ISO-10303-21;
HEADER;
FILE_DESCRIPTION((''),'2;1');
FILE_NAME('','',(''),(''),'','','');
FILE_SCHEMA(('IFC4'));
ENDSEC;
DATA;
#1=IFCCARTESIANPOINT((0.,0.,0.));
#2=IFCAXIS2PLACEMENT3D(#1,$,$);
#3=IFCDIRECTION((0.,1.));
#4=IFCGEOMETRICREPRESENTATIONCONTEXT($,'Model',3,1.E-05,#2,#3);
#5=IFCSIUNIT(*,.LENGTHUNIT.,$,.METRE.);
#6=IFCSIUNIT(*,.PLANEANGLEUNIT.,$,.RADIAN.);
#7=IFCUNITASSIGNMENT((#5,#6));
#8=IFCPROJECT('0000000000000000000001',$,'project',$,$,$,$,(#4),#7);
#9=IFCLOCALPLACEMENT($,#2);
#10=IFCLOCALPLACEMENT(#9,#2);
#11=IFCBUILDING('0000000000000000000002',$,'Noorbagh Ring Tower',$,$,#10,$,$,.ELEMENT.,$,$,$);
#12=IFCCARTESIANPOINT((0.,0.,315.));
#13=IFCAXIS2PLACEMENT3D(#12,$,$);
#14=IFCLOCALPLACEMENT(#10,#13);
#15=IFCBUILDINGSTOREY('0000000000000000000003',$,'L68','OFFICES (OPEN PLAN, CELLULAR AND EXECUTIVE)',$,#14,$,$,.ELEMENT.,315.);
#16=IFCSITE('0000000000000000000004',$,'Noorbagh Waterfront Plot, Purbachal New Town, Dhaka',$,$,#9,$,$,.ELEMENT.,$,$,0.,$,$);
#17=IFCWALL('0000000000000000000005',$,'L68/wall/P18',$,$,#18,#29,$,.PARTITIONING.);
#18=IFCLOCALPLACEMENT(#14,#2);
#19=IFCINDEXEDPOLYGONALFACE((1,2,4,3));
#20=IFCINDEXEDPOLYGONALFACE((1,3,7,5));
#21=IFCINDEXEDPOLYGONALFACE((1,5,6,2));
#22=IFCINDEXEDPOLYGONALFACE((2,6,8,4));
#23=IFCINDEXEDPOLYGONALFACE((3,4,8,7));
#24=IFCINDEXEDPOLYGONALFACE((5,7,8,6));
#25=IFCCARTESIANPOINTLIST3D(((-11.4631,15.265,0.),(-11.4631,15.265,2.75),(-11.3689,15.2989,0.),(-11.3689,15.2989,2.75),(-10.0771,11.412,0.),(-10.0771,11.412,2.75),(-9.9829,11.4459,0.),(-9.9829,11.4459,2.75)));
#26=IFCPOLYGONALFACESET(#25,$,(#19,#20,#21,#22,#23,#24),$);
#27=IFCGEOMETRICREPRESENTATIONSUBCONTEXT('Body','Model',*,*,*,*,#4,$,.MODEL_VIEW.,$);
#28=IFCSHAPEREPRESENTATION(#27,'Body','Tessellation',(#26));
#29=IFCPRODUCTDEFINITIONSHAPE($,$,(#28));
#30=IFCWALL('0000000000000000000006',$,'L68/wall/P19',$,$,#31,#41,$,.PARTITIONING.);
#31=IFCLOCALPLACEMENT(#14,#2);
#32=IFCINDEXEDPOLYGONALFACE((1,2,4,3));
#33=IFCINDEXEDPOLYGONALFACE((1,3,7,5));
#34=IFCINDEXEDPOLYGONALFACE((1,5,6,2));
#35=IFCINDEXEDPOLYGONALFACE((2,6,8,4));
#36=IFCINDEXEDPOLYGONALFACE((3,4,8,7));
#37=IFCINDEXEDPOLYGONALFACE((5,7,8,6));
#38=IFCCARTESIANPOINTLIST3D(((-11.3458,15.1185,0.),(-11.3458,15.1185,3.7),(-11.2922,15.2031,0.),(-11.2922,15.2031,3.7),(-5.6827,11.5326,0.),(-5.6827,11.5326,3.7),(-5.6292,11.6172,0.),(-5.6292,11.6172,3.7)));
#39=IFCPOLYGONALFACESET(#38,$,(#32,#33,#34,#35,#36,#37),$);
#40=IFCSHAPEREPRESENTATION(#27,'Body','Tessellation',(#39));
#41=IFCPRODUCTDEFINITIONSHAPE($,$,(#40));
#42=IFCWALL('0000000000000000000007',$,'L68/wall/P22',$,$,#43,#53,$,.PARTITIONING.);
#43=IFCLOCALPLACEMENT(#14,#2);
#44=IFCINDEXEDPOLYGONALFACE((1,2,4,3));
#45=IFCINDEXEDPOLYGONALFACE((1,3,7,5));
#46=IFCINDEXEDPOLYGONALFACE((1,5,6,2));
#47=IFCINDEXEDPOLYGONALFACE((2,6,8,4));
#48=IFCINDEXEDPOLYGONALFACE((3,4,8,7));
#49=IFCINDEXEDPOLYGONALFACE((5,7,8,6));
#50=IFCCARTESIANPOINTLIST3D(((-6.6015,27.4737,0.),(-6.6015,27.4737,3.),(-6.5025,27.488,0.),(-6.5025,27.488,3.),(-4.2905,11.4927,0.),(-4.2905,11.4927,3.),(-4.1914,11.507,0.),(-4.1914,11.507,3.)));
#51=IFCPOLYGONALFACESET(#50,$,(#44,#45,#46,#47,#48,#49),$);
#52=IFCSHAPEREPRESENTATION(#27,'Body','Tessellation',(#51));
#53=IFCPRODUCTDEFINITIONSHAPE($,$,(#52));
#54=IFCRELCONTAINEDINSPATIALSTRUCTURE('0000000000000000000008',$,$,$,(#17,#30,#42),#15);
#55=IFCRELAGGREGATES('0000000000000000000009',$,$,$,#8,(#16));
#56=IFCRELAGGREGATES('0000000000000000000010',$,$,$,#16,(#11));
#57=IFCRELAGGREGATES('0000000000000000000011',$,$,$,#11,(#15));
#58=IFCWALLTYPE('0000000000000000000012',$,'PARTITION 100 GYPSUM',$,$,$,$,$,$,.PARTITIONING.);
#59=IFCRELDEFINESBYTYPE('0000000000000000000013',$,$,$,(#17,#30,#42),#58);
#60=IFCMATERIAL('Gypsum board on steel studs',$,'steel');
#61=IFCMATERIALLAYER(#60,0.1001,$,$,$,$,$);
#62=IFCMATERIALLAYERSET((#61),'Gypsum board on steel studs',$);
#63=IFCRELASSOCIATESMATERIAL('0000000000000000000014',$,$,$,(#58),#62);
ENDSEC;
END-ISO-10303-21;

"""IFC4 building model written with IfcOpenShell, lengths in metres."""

from ifc_helpers import new_model, si_unit, direction, frame, frame_2d, origin, place, context, subcontext, project, spatial, rectangle, extrude, material, layer, layer_set, type_object, element, save


model = new_model("IFC4")

# Units and contexts
model_context = context("Model", 3, precision=1e-05, world=origin(), true_north=direction((0.0, 1.0)))
body_context = subcontext(model_context, "Body", "Model", "MODEL_VIEW")
ifc_project = project(units=[si_unit("LENGTHUNIT", "METRE"), si_unit("PLANEANGLEUNIT", "RADIAN")], contexts=[model_context])

# Site, building, storey
site_placement = place(None, origin())
site = spatial("IfcSite", under=ifc_project, at=site_placement, Name="Noorbagh Waterfront Plot, Purbachal New Town, Dhaka", CompositionType="ELEMENT", RefElevation=0.0)
building_placement = place(site_placement, origin())
building = spatial("IfcBuilding", under=site, at=building_placement, Name="Noorbagh Ring Tower", CompositionType="ELEMENT")
storey_placement = place(building_placement, frame((0.0, 0.0, 315.0)))
storey = spatial("IfcBuildingStorey", under=building, at=storey_placement, Name="L68", Description="OFFICES (OPEN PLAN, CELLULAR AND EXECUTIVE)", CompositionType="ELEMENT", Elevation=315.0)

# Walls
ifc_material_1 = material(Name="Gypsum board on steel studs", Category="steel")
ifc_layer_1 = layer(ifc_material_1, 0.1001)
ifc_layer_set_1 = layer_set([ifc_layer_1], Name="Gypsum board on steel studs")
wall_type_1 = type_object("IfcWallType", Name="PARTITION 100 GYPSUM", PredefinedType="PARTITIONING", material=ifc_layer_set_1)
wall_1_placement = place(storey_placement, frame((-11.416, 15.282, 0.0), z_axis=(0.0, 0.0, 1.0), x_axis=(0.338481, -0.940973, 0.0)))
element("IfcWall", 1, at=wall_1_placement, inside=storey, type_object=wall_type_1, Name="L68/wall/P18", PredefinedType="PARTITIONING", context=body_context, shape_type="SweptSolid", body=[
    extrude(rectangle(XDim=4.0947, YDim=0.1001, at=frame_2d((2.0474, 0.0))), origin(), (0.0, 0.0, 1.0), 2.75),
])
wall_2_placement = place(storey_placement, frame((-11.3191, 15.1609, 0.0), z_axis=(0.0, 0.0, 1.0), x_axis=(0.844865, -0.534979, 0.0)))
element("IfcWall", 2, at=wall_2_placement, inside=storey, type_object=wall_type_1, Name="L68/wall/P19", PredefinedType="PARTITIONING", context=body_context, shape_type="SweptSolid", body=[
    extrude(rectangle(XDim=6.7029, YDim=0.1001, at=frame_2d((3.3516, 0.0))), origin(), (0.0, 0.0, 1.0), 3.7),
])
wall_3_placement = place(storey_placement, frame((-6.552, 27.481, 0.0), z_axis=(0.0, 0.0, 1.0), x_axis=(0.143123, -0.989705, 0.0)))
element("IfcWall", 3, at=wall_3_placement, inside=storey, type_object=wall_type_1, Name="L68/wall/P22", PredefinedType="PARTITIONING", context=body_context, shape_type="SweptSolid", body=[
    extrude(rectangle(XDim=16.1472, YDim=0.1001, at=frame_2d((8.0737, 0.0))), origin(), (0.0, 0.0, 1.0), 3.0),
])

save(model, "model.ifc")
